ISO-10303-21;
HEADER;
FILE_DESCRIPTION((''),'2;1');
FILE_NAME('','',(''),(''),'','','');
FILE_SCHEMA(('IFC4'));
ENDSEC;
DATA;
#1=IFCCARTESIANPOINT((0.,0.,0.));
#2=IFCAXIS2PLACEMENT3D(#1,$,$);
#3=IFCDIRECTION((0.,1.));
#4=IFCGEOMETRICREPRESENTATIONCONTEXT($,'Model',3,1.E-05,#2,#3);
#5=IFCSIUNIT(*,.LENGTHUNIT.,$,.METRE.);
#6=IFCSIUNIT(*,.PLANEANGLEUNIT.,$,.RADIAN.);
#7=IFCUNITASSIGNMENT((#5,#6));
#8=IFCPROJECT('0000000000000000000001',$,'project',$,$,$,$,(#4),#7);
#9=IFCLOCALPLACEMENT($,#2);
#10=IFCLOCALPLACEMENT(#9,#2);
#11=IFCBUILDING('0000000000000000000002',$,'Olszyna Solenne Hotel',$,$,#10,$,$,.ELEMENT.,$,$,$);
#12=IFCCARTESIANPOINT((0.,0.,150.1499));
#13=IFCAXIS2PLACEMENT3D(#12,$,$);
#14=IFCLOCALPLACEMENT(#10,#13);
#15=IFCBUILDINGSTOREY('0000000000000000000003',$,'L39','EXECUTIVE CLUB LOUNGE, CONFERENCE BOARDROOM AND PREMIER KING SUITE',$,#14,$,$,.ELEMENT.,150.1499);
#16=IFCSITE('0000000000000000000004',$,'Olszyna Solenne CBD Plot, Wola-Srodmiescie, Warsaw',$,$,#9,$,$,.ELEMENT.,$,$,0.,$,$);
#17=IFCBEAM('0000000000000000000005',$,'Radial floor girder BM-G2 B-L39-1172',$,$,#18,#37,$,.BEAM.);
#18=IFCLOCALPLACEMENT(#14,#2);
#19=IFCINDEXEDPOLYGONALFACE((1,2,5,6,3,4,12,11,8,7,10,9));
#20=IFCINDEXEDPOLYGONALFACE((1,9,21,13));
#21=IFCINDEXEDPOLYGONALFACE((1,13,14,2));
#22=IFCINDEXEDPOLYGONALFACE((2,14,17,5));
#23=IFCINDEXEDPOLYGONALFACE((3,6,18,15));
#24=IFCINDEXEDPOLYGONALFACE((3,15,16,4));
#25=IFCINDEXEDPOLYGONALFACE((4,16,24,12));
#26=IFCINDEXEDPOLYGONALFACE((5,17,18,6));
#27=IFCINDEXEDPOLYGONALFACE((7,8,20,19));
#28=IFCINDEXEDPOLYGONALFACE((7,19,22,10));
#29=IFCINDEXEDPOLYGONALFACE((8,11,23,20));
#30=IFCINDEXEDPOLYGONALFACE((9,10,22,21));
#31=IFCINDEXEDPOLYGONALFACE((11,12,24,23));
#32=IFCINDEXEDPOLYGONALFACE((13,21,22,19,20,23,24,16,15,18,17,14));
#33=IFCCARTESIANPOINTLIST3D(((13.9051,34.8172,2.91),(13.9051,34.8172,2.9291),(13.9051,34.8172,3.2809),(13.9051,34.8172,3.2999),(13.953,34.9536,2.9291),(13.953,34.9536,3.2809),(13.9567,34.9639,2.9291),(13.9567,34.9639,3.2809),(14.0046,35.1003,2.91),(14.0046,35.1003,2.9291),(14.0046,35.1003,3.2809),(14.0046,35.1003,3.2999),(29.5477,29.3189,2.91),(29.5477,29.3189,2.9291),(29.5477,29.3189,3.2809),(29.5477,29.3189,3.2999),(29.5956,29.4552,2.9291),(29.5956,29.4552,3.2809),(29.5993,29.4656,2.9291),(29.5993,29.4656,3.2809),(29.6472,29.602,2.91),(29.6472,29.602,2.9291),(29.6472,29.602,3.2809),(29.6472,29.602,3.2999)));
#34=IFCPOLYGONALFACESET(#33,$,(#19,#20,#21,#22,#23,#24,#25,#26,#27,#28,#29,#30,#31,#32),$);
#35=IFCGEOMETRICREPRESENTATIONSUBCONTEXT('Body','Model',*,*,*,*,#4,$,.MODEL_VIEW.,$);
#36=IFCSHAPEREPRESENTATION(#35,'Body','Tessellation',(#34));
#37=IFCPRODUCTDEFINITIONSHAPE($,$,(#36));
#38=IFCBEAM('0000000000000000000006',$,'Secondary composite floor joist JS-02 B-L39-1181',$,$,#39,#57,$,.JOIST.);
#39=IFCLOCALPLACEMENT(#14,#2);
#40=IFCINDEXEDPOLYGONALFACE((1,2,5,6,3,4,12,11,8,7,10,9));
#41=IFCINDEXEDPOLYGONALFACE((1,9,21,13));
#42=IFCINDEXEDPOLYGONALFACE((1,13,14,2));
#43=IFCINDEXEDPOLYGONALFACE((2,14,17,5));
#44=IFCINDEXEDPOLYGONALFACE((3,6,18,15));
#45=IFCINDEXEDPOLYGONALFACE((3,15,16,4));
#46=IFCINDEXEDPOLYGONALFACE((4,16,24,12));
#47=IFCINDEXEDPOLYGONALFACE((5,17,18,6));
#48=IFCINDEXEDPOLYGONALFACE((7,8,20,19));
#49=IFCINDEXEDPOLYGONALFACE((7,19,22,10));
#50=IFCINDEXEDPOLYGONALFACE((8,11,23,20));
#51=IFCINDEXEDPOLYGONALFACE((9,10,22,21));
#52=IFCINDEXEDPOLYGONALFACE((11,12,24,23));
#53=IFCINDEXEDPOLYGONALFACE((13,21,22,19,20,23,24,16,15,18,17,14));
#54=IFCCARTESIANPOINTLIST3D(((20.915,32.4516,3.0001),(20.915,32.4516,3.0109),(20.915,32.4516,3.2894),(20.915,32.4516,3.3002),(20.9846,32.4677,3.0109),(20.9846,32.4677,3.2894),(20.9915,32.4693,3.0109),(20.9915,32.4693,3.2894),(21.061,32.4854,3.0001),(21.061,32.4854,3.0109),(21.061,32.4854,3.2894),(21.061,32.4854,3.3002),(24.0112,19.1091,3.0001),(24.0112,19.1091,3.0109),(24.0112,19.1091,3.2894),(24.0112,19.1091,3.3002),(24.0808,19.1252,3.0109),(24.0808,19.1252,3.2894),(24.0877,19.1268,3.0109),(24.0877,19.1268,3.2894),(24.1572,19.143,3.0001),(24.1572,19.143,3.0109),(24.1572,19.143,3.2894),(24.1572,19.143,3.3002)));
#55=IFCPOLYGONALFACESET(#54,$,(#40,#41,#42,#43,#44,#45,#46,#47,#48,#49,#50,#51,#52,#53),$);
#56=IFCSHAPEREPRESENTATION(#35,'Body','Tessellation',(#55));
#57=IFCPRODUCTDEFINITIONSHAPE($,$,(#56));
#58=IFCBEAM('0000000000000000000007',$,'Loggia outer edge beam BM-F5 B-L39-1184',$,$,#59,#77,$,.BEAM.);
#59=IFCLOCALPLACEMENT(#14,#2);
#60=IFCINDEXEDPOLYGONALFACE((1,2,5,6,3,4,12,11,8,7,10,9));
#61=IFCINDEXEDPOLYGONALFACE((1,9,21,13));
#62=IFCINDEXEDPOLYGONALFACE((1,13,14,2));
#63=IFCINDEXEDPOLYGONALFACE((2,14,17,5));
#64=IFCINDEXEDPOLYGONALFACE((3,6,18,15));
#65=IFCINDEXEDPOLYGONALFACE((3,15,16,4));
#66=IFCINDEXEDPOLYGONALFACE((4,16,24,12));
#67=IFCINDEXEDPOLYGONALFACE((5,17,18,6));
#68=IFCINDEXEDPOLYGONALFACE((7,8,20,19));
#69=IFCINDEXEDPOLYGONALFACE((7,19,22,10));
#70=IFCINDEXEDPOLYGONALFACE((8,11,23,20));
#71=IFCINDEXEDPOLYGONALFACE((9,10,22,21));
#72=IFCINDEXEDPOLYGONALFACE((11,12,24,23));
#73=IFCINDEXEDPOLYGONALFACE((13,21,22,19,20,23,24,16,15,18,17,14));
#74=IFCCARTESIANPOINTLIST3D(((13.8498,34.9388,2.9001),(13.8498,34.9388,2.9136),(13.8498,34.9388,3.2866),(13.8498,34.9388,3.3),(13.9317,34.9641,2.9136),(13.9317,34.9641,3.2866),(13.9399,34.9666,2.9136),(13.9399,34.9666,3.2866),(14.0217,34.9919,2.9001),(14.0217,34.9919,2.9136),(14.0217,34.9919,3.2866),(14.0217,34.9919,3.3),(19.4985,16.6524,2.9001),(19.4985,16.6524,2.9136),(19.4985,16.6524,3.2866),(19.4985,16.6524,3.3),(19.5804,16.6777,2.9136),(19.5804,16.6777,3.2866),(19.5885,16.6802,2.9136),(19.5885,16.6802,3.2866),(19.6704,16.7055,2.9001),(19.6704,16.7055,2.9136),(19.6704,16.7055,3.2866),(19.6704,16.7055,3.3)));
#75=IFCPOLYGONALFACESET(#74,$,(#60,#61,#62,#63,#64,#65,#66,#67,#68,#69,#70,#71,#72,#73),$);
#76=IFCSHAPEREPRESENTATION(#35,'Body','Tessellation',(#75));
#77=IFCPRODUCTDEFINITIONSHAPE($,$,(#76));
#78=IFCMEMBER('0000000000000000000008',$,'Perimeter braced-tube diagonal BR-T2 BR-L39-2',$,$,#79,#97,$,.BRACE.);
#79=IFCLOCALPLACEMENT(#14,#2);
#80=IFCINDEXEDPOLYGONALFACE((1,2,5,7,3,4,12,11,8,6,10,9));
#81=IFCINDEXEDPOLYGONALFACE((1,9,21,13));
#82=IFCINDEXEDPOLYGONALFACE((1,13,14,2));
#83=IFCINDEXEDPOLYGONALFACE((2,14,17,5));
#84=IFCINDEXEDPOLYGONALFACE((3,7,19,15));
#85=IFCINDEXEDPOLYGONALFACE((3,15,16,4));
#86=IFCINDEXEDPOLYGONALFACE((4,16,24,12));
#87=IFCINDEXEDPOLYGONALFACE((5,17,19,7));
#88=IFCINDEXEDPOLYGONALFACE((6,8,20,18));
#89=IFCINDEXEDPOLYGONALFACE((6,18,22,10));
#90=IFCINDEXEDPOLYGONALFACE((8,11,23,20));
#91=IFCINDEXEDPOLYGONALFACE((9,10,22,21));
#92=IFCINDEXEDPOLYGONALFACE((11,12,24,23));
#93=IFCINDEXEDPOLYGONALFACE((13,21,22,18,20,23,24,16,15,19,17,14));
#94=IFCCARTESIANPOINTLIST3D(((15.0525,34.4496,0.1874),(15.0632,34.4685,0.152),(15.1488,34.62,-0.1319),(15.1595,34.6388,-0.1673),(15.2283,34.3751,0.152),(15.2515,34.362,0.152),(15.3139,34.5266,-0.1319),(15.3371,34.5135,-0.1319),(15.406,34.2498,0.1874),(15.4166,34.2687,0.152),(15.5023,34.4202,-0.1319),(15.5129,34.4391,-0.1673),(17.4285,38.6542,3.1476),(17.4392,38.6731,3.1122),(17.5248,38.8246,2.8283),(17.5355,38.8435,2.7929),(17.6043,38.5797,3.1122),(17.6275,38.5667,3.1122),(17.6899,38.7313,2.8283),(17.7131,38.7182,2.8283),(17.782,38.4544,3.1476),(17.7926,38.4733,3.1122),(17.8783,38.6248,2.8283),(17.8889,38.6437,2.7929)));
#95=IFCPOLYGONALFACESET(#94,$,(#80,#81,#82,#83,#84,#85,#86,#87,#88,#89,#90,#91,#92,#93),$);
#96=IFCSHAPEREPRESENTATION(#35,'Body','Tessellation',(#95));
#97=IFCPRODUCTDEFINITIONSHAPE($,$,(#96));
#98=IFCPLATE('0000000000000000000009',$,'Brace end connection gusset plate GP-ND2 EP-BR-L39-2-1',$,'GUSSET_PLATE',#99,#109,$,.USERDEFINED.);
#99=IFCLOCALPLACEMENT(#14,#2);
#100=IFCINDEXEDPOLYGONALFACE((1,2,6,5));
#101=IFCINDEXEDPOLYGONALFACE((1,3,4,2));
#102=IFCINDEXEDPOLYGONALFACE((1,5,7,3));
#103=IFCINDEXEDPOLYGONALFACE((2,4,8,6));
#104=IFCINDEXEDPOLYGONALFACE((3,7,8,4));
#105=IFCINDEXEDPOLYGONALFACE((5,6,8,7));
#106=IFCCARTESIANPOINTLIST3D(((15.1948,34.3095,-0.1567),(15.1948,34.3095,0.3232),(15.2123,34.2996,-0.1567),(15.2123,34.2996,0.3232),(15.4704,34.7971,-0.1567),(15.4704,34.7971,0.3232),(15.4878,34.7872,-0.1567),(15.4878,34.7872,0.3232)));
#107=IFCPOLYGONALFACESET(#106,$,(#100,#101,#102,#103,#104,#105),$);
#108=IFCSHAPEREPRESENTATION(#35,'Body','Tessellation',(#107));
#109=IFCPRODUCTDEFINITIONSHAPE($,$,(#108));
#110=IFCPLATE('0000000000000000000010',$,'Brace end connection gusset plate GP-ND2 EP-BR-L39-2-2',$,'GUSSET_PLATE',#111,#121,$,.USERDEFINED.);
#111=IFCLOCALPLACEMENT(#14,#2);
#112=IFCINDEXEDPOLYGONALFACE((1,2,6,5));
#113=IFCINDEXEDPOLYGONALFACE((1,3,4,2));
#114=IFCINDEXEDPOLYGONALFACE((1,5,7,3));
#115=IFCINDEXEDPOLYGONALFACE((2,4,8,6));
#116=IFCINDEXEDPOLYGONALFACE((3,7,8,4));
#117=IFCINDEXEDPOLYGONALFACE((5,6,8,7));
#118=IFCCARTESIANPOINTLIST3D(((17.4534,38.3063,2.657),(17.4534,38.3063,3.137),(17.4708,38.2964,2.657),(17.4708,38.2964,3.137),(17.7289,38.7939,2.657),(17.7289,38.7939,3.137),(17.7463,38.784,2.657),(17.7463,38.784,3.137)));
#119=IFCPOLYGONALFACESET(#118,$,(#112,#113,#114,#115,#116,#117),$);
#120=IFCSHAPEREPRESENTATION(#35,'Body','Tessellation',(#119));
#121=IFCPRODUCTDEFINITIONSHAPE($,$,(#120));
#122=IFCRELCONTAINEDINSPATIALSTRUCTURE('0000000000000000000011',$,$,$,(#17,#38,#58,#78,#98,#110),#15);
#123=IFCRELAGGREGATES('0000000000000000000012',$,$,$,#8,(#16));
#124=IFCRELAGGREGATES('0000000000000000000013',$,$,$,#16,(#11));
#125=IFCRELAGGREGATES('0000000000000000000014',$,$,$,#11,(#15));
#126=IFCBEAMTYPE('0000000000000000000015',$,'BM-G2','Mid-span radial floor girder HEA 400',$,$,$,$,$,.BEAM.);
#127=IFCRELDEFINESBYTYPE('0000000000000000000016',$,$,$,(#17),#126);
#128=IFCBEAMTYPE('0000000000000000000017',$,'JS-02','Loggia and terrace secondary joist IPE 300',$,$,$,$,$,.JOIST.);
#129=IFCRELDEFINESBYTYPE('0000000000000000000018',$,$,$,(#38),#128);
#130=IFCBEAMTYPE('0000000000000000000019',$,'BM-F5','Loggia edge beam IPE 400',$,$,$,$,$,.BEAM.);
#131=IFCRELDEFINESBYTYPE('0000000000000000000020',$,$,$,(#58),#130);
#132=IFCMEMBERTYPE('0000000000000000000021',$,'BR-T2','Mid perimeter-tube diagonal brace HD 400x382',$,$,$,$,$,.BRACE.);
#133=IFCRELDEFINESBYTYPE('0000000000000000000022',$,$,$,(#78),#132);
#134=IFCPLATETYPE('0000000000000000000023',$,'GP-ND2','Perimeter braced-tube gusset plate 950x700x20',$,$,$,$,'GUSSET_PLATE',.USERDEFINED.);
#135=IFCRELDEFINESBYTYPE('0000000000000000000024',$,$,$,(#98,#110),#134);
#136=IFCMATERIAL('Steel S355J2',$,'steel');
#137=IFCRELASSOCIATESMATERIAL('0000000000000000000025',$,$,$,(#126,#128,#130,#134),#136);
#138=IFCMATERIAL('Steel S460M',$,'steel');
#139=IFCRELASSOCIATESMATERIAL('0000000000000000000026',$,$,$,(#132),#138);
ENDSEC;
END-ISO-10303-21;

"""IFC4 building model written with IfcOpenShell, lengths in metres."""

from ifc_helpers import new_model, si_unit, direction, frame, origin, origin_2d, place, context, subcontext, project, spatial, rectangle, i_section, extrude, source, transform, mapped, material, material_profile, profile_set, type_object, element, save


model = new_model("IFC4")

# Units and contexts
model_context = context("Model", 3, precision=1e-05, world=origin(), true_north=direction((0.0, 1.0)))
body_context = subcontext(model_context, "Body", "Model", "MODEL_VIEW")
ifc_project = project(units=[si_unit("LENGTHUNIT", "METRE"), si_unit("PLANEANGLEUNIT", "RADIAN")], contexts=[model_context])

# Site, building, storey
site_placement = place(None, origin())
site = spatial("IfcSite", under=ifc_project, at=site_placement, Name="Olszyna Solenne CBD Plot, Wola-Srodmiescie, Warsaw", CompositionType="ELEMENT", RefElevation=0.0)
building_placement = place(site_placement, origin())
building = spatial("IfcBuilding", under=site, at=building_placement, Name="Olszyna Solenne Hotel", CompositionType="ELEMENT")
storey_placement = place(building_placement, frame((0.0, 0.0, 150.1499)))
storey = spatial("IfcBuildingStorey", under=building, at=storey_placement, Name="L39", Description="EXECUTIVE CLUB LOUNGE, CONFERENCE BOARDROOM AND PREMIER KING SUITE", CompositionType="ELEMENT", Elevation=150.1499)

# Shared definitions
ifc_material_1 = material(Name="Steel S460M", Category="steel")

# Beams
ifc_material_2 = material(Name="Steel S355J2", Category="steel")
ifc_material_profile_1 = material_profile(ifc_material_2, i_section(OverallWidth=0.3, OverallDepth=0.3899, WebThickness=0.011, FlangeThickness=0.019, at=origin_2d()), Name="HEA 400", Category="load-bearing")
ifc_profile_set_1 = profile_set([ifc_material_profile_1], Name="Steel S355J2")
beam_type_1 = type_object("IfcBeamType", Name="BM-G2", Description="Mid-span radial floor girder HEA 400", PredefinedType="BEAM", material=ifc_profile_set_1)
shared_shape_1 = source(origin(), body_context, "Body", "SweptSolid", [
    extrude(i_section(OverallWidth=0.3, OverallDepth=0.3899, WebThickness=0.011, FlangeThickness=0.019, at=origin_2d()), origin(), (0.0, 0.0, 1.0), 16.5808),
])
beam_1_placement = place(storey_placement, frame((13.9548, 34.9587, 3.105), z_axis=(0.943418, -0.331607, 0.0), x_axis=(0.331607, 0.943418, 0.0)))
element("IfcBeam", 1, at=beam_1_placement, inside=storey, type_object=beam_type_1, Name="Radial floor girder BM-G2 B-L39-1172", PredefinedType="BEAM", context=body_context, shape_type="MappedRepresentation", body=[
    mapped(shared_shape_1, transform((0.0, 0.0, 0.0), x_axis=(1.0, 0.0, 0.0), y_axis=(0.0, 1.0, 0.0), z_axis=(0.0, 0.0, 1.0), scale=1.0)),
])
ifc_material_profile_2 = material_profile(ifc_material_2, i_section(OverallWidth=0.1499, OverallDepth=0.3, WebThickness=0.0071, FlangeThickness=0.0107, at=origin_2d()), Name="IPE 300", Category="load-bearing")
ifc_profile_set_2 = profile_set([ifc_material_profile_2], Name="Steel S355J2")
beam_type_2 = type_object("IfcBeamType", Name="JS-02", Description="Loggia and terrace secondary joist IPE 300", PredefinedType="JOIST", material=ifc_profile_set_2)
shared_shape_2 = source(origin(), body_context, "Body", "SweptSolid", [
    extrude(i_section(OverallWidth=0.1499, OverallDepth=0.3, WebThickness=0.0071, FlangeThickness=0.0107, at=origin_2d()), origin(), (0.0, 0.0, 1.0), 13.697),
])
beam_2_placement = place(storey_placement, frame((20.988, 32.4685, 3.1501), z_axis=(0.226048, -0.974116, 0.0), x_axis=(0.974116, 0.226048, 0.0)))
element("IfcBeam", 2, at=beam_2_placement, inside=storey, type_object=beam_type_2, Name="Secondary composite floor joist JS-02 B-L39-1181", PredefinedType="JOIST", context=body_context, shape_type="MappedRepresentation", body=[
    mapped(shared_shape_2, transform((0.0, 0.0, 0.0), x_axis=(1.0, 0.0, 0.0), y_axis=(0.0, 1.0, 0.0), z_axis=(0.0, 0.0, 1.0), scale=1.0)),
])
ifc_material_profile_3 = material_profile(ifc_material_2, i_section(OverallWidth=0.1799, OverallDepth=0.3999, WebThickness=0.0085, FlangeThickness=0.0134, at=origin_2d()), Name="IPE 400", Category="load-bearing")
ifc_profile_set_3 = profile_set([ifc_material_profile_3], Name="Steel S355J2")
beam_type_3 = type_object("IfcBeamType", Name="BM-F5", Description="Loggia edge beam IPE 400", PredefinedType="BEAM", material=ifc_profile_set_3)
shared_shape_3 = source(origin(), body_context, "Body", "SweptSolid", [
    extrude(i_section(OverallWidth=0.1799, OverallDepth=0.3999, WebThickness=0.0085, FlangeThickness=0.0134, at=origin_2d()), origin(), (0.0, 0.0, 1.0), 19.1389),
])
beam_3_placement = place(storey_placement, frame((13.9358, 34.9653, 3.1001), z_axis=(0.295141, -0.955454, 0.0), x_axis=(0.955454, 0.295141, 0.0)))
element("IfcBeam", 3, at=beam_3_placement, inside=storey, type_object=beam_type_3, Name="Loggia outer edge beam BM-F5 B-L39-1184", PredefinedType="BEAM", context=body_context, shape_type="MappedRepresentation", body=[
    mapped(shared_shape_3, transform((0.0, 0.0, 0.0), x_axis=(1.0, 0.0, 0.0), y_axis=(0.0, 1.0, 0.0), z_axis=(0.0, 0.0, 1.0), scale=1.0)),
])

# Member
ifc_material_profile_4 = material_profile(ifc_material_1, i_section(OverallWidth=0.406, OverallDepth=0.416, WebThickness=0.0266, FlangeThickness=0.0415, at=origin_2d()), Name="HD 400x382", Category="load-bearing")
ifc_profile_set_4 = profile_set([ifc_material_profile_4], Name="Steel S460M")
member_type = type_object("IfcMemberType", Name="BR-T2", Description="Mid perimeter-tube diagonal brace HD 400x382", PredefinedType="BRACE", material=ifc_profile_set_4)
shared_shape_4 = source(origin(), body_context, "Body", "SweptSolid", [
    extrude(i_section(OverallWidth=0.406, OverallDepth=0.416, WebThickness=0.0266, FlangeThickness=0.0415, at=origin_2d()), origin(), (0.0, 0.0, 1.0), 5.6646),
])
member_placement = place(storey_placement, frame((15.2827, 34.4443, 0.01), z_axis=(0.41945, 0.742269, 0.522588), x_axis=(-0.87061, 0.491974, 0.0)))
element("IfcMember", 4, at=member_placement, inside=storey, type_object=member_type, Name="Perimeter braced-tube diagonal BR-T2 BR-L39-2", PredefinedType="BRACE", context=body_context, shape_type="MappedRepresentation", body=[
    mapped(shared_shape_4, transform((0.0, 0.0, 0.0), x_axis=(1.0, 0.0, 0.0), y_axis=(0.0, 1.0, 0.0), z_axis=(0.0, 0.0, 1.0), scale=1.0)),
])

# Plates
plate_type = type_object("IfcPlateType", Name="GP-ND2", Description="Perimeter braced-tube gusset plate 950x700x20", ElementType="GUSSET_PLATE", PredefinedType="USERDEFINED", material=ifc_material_2)
shared_shape_5 = source(origin(), body_context, "Body", "SweptSolid", [
    extrude(rectangle(XDim=0.5601, YDim=0.02, at=origin_2d()), origin(), (0.0, 0.0, 1.0), 0.48),
])
for number, where, z_axis, x_axis, name in (
    (5, (15.3413, 34.5483, -0.1567), (0.0, 0.0, 1.0), (0.491968, 0.870613, 0.0), "Brace end connection gusset plate GP-ND2 EP-BR-L39-2-1"),
    (6, (17.5999, 38.5452, 2.657), (0.0, 0.0, 1.0), (0.491968, 0.870613, 0.0), "Brace end connection gusset plate GP-ND2 EP-BR-L39-2-2"),
):
    element("IfcPlate", number, at=place(storey_placement, frame(where, z_axis=z_axis, x_axis=x_axis)), inside=storey, type_object=plate_type, Name=name, ObjectType="GUSSET_PLATE", PredefinedType="USERDEFINED", context=body_context, shape_type="MappedRepresentation", body=[
        mapped(shared_shape_5, transform((0.0, 0.0, 0.0), x_axis=(1.0, 0.0, 0.0), y_axis=(0.0, 1.0, 0.0), z_axis=(0.0, 0.0, 1.0), scale=1.0)),
    ])

save(model, "model.ifc")
